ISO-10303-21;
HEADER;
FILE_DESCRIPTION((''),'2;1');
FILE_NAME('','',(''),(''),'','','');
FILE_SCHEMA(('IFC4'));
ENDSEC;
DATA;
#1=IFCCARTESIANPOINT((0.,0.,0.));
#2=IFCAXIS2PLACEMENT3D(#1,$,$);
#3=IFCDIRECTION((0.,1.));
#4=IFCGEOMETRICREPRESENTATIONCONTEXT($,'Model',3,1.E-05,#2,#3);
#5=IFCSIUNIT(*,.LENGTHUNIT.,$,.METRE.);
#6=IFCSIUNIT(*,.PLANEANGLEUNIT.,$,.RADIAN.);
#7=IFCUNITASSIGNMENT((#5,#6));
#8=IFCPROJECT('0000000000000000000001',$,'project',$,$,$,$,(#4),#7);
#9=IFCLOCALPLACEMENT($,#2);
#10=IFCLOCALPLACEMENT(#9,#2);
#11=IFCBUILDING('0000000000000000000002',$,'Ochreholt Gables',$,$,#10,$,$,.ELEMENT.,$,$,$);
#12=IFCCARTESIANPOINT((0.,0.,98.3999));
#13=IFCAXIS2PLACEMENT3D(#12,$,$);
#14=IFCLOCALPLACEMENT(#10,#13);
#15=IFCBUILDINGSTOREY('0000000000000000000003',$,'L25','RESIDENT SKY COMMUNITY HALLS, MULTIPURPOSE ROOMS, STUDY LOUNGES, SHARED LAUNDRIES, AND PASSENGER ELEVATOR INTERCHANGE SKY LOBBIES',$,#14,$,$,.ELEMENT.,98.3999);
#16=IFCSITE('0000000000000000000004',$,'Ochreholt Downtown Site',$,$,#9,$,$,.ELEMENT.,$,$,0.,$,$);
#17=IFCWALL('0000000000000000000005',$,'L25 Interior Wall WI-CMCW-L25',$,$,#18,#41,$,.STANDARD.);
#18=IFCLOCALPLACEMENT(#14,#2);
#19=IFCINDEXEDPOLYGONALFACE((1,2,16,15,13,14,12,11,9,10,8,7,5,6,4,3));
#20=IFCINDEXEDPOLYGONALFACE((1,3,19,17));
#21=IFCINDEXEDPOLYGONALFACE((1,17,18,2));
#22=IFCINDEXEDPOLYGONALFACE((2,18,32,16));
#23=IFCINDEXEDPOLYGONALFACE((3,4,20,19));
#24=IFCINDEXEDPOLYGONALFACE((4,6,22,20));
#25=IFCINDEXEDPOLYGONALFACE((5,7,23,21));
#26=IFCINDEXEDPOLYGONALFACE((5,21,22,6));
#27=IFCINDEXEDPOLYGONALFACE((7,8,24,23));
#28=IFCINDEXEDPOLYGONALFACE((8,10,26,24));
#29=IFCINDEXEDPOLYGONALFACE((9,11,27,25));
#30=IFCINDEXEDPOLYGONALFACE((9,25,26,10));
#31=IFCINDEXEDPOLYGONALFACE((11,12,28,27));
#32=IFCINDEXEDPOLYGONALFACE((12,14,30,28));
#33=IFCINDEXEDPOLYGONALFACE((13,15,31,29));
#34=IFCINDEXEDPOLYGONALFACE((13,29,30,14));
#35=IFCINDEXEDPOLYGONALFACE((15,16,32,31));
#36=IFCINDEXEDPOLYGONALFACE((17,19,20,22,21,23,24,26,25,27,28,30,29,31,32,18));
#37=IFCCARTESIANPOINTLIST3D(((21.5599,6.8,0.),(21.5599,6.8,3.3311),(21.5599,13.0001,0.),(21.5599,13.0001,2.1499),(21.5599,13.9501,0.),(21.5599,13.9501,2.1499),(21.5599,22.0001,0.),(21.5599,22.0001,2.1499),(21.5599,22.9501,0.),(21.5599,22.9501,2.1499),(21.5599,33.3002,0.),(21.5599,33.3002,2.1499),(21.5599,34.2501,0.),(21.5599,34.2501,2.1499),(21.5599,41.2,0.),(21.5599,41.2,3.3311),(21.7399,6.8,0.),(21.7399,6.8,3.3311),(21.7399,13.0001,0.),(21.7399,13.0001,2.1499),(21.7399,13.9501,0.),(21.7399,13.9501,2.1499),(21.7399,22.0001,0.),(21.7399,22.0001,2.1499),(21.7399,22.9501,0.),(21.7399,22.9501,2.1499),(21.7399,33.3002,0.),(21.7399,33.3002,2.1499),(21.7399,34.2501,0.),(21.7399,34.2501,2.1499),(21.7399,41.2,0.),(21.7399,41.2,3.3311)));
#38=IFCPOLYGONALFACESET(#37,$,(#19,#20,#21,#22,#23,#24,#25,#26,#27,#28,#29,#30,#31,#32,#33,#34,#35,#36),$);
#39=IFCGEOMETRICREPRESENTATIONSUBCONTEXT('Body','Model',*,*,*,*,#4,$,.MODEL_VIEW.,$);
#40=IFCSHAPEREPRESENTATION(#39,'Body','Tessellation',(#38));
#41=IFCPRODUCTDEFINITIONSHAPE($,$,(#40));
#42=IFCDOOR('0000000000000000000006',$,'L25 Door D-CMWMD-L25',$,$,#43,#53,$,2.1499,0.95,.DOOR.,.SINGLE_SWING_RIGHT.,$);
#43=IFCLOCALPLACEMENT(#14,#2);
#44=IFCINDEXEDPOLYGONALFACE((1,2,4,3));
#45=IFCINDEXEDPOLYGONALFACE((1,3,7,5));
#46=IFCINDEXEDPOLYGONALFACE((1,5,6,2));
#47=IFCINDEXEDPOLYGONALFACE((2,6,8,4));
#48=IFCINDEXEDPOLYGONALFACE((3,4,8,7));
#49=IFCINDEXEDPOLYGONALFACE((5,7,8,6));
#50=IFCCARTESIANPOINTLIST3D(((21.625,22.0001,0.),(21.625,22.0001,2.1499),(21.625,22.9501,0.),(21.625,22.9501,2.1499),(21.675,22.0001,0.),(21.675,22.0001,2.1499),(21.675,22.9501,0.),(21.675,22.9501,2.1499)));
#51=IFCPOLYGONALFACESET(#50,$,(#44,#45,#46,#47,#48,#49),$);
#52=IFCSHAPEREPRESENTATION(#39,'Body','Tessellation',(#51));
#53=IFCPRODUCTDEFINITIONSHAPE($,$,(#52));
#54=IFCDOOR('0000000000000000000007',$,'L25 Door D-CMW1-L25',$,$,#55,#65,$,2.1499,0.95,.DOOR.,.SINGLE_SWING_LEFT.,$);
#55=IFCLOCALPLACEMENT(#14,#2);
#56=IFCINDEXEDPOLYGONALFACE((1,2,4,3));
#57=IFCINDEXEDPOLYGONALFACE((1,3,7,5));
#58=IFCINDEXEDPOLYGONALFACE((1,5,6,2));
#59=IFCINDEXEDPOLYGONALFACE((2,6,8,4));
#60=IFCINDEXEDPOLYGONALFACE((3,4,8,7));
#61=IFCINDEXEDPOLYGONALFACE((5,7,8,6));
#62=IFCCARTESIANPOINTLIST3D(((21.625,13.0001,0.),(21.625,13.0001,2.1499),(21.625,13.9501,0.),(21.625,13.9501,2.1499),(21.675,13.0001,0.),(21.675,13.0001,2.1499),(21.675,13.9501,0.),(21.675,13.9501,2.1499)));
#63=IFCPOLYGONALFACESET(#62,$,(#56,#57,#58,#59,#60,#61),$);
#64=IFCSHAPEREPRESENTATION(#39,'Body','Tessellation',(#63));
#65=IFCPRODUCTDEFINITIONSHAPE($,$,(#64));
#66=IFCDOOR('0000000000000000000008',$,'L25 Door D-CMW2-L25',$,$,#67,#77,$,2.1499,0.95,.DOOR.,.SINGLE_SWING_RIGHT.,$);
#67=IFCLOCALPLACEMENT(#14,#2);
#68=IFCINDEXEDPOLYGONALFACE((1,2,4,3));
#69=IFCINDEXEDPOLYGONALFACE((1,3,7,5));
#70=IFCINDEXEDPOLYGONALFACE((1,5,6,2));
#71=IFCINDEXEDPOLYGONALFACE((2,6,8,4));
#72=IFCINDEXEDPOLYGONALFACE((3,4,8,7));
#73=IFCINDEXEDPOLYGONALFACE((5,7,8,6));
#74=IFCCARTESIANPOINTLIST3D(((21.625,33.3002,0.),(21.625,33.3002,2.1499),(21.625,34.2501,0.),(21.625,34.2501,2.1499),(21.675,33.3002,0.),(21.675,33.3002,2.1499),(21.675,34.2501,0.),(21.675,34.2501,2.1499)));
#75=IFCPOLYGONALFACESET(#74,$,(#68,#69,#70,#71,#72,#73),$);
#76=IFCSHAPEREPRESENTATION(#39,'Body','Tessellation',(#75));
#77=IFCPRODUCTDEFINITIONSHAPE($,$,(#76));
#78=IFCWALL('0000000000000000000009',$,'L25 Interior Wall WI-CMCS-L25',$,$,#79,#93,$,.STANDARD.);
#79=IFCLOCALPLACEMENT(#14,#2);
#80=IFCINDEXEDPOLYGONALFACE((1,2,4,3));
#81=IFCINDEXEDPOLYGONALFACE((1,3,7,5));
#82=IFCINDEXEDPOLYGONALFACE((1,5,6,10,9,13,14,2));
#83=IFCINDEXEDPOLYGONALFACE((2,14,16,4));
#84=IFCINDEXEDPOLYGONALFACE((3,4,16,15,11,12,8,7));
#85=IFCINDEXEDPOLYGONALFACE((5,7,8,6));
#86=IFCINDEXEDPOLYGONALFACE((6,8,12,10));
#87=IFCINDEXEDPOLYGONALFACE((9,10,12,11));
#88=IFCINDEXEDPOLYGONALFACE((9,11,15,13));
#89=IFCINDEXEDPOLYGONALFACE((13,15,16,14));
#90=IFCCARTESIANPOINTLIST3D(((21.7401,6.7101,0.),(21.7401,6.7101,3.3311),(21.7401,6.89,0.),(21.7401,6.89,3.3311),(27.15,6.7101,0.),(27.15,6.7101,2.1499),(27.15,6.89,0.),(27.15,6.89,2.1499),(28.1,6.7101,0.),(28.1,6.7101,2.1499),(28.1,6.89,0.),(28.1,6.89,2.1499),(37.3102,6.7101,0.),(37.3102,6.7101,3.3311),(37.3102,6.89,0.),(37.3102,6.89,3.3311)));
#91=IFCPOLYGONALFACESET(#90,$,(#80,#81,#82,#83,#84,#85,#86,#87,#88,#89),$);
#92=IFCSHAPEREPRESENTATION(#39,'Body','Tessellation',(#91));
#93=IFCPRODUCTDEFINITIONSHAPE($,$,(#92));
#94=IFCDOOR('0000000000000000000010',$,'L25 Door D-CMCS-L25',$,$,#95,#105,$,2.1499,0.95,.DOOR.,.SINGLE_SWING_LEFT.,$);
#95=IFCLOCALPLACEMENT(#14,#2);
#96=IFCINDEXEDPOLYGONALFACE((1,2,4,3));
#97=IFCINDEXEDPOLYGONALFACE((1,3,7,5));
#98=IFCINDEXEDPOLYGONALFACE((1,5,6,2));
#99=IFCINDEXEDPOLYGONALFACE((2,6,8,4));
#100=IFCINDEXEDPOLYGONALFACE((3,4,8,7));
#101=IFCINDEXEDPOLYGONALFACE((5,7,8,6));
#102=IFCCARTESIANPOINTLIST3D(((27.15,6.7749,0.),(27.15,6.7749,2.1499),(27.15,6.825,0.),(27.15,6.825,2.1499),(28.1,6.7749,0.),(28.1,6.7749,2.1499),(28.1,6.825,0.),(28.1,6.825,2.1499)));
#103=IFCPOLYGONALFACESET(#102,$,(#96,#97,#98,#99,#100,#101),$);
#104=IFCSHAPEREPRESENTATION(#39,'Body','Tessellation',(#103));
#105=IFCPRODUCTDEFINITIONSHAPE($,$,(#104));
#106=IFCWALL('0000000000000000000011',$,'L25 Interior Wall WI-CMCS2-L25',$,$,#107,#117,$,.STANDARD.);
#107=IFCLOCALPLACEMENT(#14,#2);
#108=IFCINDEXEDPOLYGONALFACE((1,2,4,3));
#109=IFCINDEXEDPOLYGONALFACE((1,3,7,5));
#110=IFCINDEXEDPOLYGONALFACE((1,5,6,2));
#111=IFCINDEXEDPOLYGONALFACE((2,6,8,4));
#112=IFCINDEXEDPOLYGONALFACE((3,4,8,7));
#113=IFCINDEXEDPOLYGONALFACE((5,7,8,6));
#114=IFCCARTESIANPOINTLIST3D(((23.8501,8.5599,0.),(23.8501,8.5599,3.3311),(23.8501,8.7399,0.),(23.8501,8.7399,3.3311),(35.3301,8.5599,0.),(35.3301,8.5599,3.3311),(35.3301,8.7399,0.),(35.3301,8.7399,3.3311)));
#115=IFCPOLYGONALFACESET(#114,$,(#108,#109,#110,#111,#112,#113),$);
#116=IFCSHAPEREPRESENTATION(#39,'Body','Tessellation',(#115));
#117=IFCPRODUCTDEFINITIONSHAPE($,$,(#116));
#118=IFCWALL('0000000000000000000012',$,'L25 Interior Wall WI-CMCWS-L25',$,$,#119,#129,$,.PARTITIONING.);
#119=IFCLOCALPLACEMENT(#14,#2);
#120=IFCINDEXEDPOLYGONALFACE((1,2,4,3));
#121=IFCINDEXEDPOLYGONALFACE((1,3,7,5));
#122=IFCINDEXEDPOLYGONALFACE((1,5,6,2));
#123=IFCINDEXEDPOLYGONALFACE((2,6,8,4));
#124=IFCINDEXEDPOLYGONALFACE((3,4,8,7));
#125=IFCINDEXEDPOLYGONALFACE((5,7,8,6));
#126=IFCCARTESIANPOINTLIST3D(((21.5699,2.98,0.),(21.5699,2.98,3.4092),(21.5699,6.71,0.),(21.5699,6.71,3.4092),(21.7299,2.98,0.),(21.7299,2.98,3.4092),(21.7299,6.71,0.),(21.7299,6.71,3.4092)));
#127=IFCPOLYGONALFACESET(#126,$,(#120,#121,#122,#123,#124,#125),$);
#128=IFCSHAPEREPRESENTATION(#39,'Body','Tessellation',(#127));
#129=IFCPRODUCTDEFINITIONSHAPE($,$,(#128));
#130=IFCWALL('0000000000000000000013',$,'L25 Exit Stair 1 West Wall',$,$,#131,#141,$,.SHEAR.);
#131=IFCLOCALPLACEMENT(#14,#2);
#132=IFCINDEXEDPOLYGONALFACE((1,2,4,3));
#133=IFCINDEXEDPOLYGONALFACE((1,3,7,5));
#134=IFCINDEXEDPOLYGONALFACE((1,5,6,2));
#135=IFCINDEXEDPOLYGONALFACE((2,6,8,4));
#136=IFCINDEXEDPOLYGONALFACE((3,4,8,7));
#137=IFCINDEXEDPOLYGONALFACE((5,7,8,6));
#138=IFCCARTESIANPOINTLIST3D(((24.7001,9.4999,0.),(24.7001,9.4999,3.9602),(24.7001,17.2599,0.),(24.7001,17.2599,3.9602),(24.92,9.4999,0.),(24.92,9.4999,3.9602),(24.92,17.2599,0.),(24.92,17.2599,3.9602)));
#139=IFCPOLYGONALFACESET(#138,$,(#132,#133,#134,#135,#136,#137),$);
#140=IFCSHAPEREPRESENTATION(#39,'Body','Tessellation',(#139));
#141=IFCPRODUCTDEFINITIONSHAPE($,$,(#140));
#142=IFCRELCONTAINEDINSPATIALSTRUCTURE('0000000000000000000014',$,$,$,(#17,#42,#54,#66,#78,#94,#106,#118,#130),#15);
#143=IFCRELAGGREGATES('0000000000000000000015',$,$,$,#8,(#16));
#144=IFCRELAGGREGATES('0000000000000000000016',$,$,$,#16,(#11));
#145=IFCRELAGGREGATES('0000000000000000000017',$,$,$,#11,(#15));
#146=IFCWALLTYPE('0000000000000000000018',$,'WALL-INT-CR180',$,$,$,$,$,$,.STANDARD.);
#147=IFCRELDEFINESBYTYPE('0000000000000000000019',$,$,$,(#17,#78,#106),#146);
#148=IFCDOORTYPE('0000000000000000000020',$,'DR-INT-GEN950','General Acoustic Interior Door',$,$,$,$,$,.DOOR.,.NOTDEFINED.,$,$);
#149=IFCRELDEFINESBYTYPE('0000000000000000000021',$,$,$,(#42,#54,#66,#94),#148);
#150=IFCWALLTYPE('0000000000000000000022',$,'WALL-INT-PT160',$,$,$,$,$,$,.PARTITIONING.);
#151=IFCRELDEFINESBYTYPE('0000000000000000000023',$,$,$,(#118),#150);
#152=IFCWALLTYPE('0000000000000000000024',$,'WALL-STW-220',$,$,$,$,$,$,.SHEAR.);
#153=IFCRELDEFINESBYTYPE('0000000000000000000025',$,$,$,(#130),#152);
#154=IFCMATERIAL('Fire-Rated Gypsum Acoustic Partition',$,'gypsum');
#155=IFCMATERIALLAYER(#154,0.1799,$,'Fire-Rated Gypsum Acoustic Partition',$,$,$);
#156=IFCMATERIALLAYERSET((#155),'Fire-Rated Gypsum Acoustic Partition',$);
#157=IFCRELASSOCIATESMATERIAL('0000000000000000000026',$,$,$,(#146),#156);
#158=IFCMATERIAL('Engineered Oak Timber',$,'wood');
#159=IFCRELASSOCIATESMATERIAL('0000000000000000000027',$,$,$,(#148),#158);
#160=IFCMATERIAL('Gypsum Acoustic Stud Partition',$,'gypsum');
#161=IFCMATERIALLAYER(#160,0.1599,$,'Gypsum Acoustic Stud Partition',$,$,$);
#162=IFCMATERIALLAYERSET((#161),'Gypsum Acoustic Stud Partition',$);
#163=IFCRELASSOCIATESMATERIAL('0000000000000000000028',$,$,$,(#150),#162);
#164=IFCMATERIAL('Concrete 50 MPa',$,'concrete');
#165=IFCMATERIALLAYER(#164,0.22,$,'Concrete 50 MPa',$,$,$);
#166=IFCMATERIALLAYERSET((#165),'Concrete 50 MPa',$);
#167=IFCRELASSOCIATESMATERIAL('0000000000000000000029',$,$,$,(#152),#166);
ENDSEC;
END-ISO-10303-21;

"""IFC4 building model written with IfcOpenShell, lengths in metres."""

from ifc_helpers import new_model, si_unit, direction, frame, frame_2d, origin, place, context, subcontext, project, spatial, rectangle, extrude, material, layer, layer_set, type_object, element, fill, save


model = new_model("IFC4")

# Units and contexts
model_context = context("Model", 3, precision=1e-05, world=origin(), true_north=direction((0.0, 1.0)))
body_context = subcontext(model_context, "Body", "Model", "MODEL_VIEW")
ifc_project = project(units=[si_unit("LENGTHUNIT", "METRE"), si_unit("PLANEANGLEUNIT", "RADIAN")], contexts=[model_context])

# Site, building, storey
site_placement = place(None, origin())
site = spatial("IfcSite", under=ifc_project, at=site_placement, Name="Ochreholt Downtown Site", CompositionType="ELEMENT", RefElevation=0.0)
building_placement = place(site_placement, origin())
building = spatial("IfcBuilding", under=site, at=building_placement, Name="Ochreholt Gables", CompositionType="ELEMENT")
storey_placement = place(building_placement, frame((0.0, 0.0, 98.3999)))
storey = spatial("IfcBuildingStorey", under=building, at=storey_placement, Name="L25", Description="RESIDENT SKY COMMUNITY HALLS, MULTIPURPOSE ROOMS, STUDY LOUNGES, SHARED LAUNDRIES, AND PASSENGER ELEVATOR INTERCHANGE SKY LOBBIES", CompositionType="ELEMENT", Elevation=98.3999)

# Wall, openings, doors
ifc_material_1 = material(Name="Fire-Rated Gypsum Acoustic Partition", Category="gypsum")
ifc_layer_1 = layer(ifc_material_1, 0.1799, Name="Fire-Rated Gypsum Acoustic Partition")
ifc_layer_set_1 = layer_set([ifc_layer_1], Name="Fire-Rated Gypsum Acoustic Partition")
wall_type_1 = type_object("IfcWallType", Name="WALL-INT-CR180", PredefinedType="STANDARD", material=ifc_layer_set_1)
wall_1_placement = place(storey_placement, frame((21.6499, 6.8, 0.0), z_axis=(0.0, 0.0, 1.0), x_axis=(0.0, 1.0, 0.0)))
wall_1 = element("IfcWall", 1, at=wall_1_placement, inside=storey, type_object=wall_type_1, Name="L25 Interior Wall WI-CMCW-L25", PredefinedType="STANDARD", context=body_context, shape_type="SweptSolid", body=[
    extrude(rectangle(XDim=34.3999, YDim=0.1799, at=frame_2d((17.2, 0.0))), origin(), (0.0, 0.0, 1.0), 3.3311),
])
opening_1_placement = place(wall_1_placement, frame((15.2, 0.0, 0.0)))
opening_1 = element("IfcOpeningElement", 2, at=opening_1_placement, cuts=wall_1, PredefinedType="OPENING", context=body_context, shape_type="SweptSolid", body=[
    extrude(rectangle(XDim=0.95, YDim=2.1499, at=frame_2d((0.4751, 1.075))), frame((0.0, 0.0999, 0.0), z_axis=(0.0, -1.0, 0.0), x_axis=(1.0, 0.0, 0.0)), (0.0, 0.0, 1.0), 0.2),
])
opening_2_placement = place(wall_1_placement, frame((6.2, 0.0, 0.0)))
opening_2 = element("IfcOpeningElement", 3, at=opening_2_placement, cuts=wall_1, PredefinedType="OPENING", context=body_context, shape_type="SweptSolid", body=[
    extrude(rectangle(XDim=0.95, YDim=2.1499, at=frame_2d((0.4751, 1.075))), frame((0.0, 0.0999, 0.0), z_axis=(0.0, -1.0, 0.0), x_axis=(1.0, 0.0, 0.0)), (0.0, 0.0, 1.0), 0.2),
])
opening_3_placement = place(wall_1_placement, frame((26.5, 0.0, 0.0)))
opening_3 = element("IfcOpeningElement", 4, at=opening_3_placement, cuts=wall_1, PredefinedType="OPENING", context=body_context, shape_type="SweptSolid", body=[
    extrude(rectangle(XDim=0.95, YDim=2.1499, at=frame_2d((0.4751, 1.075))), frame((0.0, 0.0999, 0.0), z_axis=(0.0, -1.0, 0.0), x_axis=(1.0, 0.0, 0.0)), (0.0, 0.0, 1.0), 0.2),
])
ifc_material_2 = material(Name="Engineered Oak Timber", Category="wood")
door_type = type_object("IfcDoorType", Name="DR-INT-GEN950", Description="General Acoustic Interior Door", OperationType="NOTDEFINED", PredefinedType="DOOR", material=ifc_material_2)
door_1_placement = place(opening_1_placement, origin())
door_1 = element("IfcDoor", 5, at=door_1_placement, inside=storey, type_object=door_type, Name="L25 Door D-CMWMD-L25", OperationType="SINGLE_SWING_RIGHT", OverallHeight=2.1499, OverallWidth=0.95, PredefinedType="DOOR", context=body_context, shape_type="SweptSolid", body=[
    extrude(rectangle(XDim=0.95, YDim=2.1499, at=frame_2d((0.4751, 1.075))), frame((0.0, 0.0249, 0.0), z_axis=(0.0, -1.0, 0.0), x_axis=(1.0, 0.0, 0.0)), (0.0, 0.0, 1.0), 0.05),
])
fill(opening_1, door_1)
door_2_placement = place(opening_2_placement, origin())
door_2 = element("IfcDoor", 6, at=door_2_placement, inside=storey, type_object=door_type, Name="L25 Door D-CMW1-L25", OperationType="SINGLE_SWING_LEFT", OverallHeight=2.1499, OverallWidth=0.95, PredefinedType="DOOR", context=body_context, shape_type="SweptSolid", body=[
    extrude(rectangle(XDim=0.95, YDim=2.1499, at=frame_2d((0.4751, 1.075))), frame((0.0, 0.0249, 0.0), z_axis=(0.0, -1.0, 0.0), x_axis=(1.0, 0.0, 0.0)), (0.0, 0.0, 1.0), 0.05),
])
fill(opening_2, door_2)
door_3_placement = place(opening_3_placement, origin())
door_3 = element("IfcDoor", 7, at=door_3_placement, inside=storey, type_object=door_type, Name="L25 Door D-CMW2-L25", OperationType="SINGLE_SWING_RIGHT", OverallHeight=2.1499, OverallWidth=0.95, PredefinedType="DOOR", context=body_context, shape_type="SweptSolid", body=[
    extrude(rectangle(XDim=0.95, YDim=2.1499, at=frame_2d((0.4751, 1.075))), frame((0.0, 0.0249, 0.0), z_axis=(0.0, -1.0, 0.0), x_axis=(1.0, 0.0, 0.0)), (0.0, 0.0, 1.0), 0.05),
])
fill(opening_3, door_3)

# Wall, opening, door
wall_2_placement = place(storey_placement, frame((21.74, 6.8, 0.0), z_axis=(0.0, 0.0, 1.0), x_axis=(1.0, 0.0, 0.0)))
wall_2 = element("IfcWall", 8, at=wall_2_placement, inside=storey, type_object=wall_type_1, Name="L25 Interior Wall WI-CMCS-L25", PredefinedType="STANDARD", context=body_context, shape_type="SweptSolid", body=[
    extrude(rectangle(XDim=15.5701, YDim=0.1799, at=frame_2d((7.7852, 0.0))), origin(), (0.0, 0.0, 1.0), 3.3311),
])
opening_4_placement = place(wall_2_placement, frame((5.4099, 0.0, 0.0)))
opening_4 = element("IfcOpeningElement", 9, at=opening_4_placement, cuts=wall_2, PredefinedType="OPENING", context=body_context, shape_type="SweptSolid", body=[
    extrude(rectangle(XDim=0.95, YDim=2.1499, at=frame_2d((0.4751, 1.075))), frame((0.0, 0.0999, 0.0), z_axis=(0.0, -1.0, 0.0), x_axis=(1.0, 0.0, 0.0)), (0.0, 0.0, 1.0), 0.2),
])
door_4_placement = place(opening_4_placement, origin())
door_4 = element("IfcDoor", 10, at=door_4_placement, inside=storey, type_object=door_type, Name="L25 Door D-CMCS-L25", OperationType="SINGLE_SWING_LEFT", OverallHeight=2.1499, OverallWidth=0.95, PredefinedType="DOOR", context=body_context, shape_type="SweptSolid", body=[
    extrude(rectangle(XDim=0.95, YDim=2.1499, at=frame_2d((0.4751, 1.075))), frame((0.0, 0.0249, 0.0), z_axis=(0.0, -1.0, 0.0), x_axis=(1.0, 0.0, 0.0)), (0.0, 0.0, 1.0), 0.05),
])
fill(opening_4, door_4)

# Walls
wall_3_placement = place(storey_placement, frame((23.8501, 8.6499, 0.0), z_axis=(0.0, 0.0, 1.0), x_axis=(1.0, 0.0, 0.0)))
element("IfcWall", 11, at=wall_3_placement, inside=storey, type_object=wall_type_1, Name="L25 Interior Wall WI-CMCS2-L25", PredefinedType="STANDARD", context=body_context, shape_type="SweptSolid", body=[
    extrude(rectangle(XDim=11.48, YDim=0.1799, at=frame_2d((5.74, 0.0))), origin(), (0.0, 0.0, 1.0), 3.3311),
])
ifc_material_3 = material(Name="Gypsum Acoustic Stud Partition", Category="gypsum")
ifc_layer_2 = layer(ifc_material_3, 0.1599, Name="Gypsum Acoustic Stud Partition")
ifc_layer_set_2 = layer_set([ifc_layer_2], Name="Gypsum Acoustic Stud Partition")
wall_type_2 = type_object("IfcWallType", Name="WALL-INT-PT160", PredefinedType="PARTITIONING", material=ifc_layer_set_2)
wall_4_placement = place(storey_placement, frame((21.6499, 2.98, 0.0), z_axis=(0.0, 0.0, 1.0), x_axis=(0.0, 1.0, 0.0)))
element("IfcWall", 12, at=wall_4_placement, inside=storey, type_object=wall_type_2, Name="L25 Interior Wall WI-CMCWS-L25", PredefinedType="PARTITIONING", context=body_context, shape_type="SweptSolid", body=[
    extrude(rectangle(XDim=3.73, YDim=0.1599, at=frame_2d((1.865, 0.0))), origin(), (0.0, 0.0, 1.0), 3.4092),
])
ifc_material_4 = material(Name="Concrete 50 MPa", Category="concrete")
ifc_layer_3 = layer(ifc_material_4, 0.22, Name="Concrete 50 MPa")
ifc_layer_set_3 = layer_set([ifc_layer_3], Name="Concrete 50 MPa")
wall_type_3 = type_object("IfcWallType", Name="WALL-STW-220", PredefinedType="SHEAR", material=ifc_layer_set_3)
wall_5_placement = place(storey_placement, frame((24.8101, 9.5, 0.0), z_axis=(0.0, 0.0, 1.0), x_axis=(0.0, 1.0, 0.0)))
element("IfcWall", 13, at=wall_5_placement, inside=storey, type_object=wall_type_3, Name="L25 Exit Stair 1 West Wall", PredefinedType="SHEAR", context=body_context, shape_type="SweptSolid", body=[
    extrude(rectangle(XDim=7.76, YDim=0.22, at=frame_2d((3.8799, 0.0))), origin(), (0.0, 0.0, 1.0), 3.9602),
])

save(model, "model.ifc")
